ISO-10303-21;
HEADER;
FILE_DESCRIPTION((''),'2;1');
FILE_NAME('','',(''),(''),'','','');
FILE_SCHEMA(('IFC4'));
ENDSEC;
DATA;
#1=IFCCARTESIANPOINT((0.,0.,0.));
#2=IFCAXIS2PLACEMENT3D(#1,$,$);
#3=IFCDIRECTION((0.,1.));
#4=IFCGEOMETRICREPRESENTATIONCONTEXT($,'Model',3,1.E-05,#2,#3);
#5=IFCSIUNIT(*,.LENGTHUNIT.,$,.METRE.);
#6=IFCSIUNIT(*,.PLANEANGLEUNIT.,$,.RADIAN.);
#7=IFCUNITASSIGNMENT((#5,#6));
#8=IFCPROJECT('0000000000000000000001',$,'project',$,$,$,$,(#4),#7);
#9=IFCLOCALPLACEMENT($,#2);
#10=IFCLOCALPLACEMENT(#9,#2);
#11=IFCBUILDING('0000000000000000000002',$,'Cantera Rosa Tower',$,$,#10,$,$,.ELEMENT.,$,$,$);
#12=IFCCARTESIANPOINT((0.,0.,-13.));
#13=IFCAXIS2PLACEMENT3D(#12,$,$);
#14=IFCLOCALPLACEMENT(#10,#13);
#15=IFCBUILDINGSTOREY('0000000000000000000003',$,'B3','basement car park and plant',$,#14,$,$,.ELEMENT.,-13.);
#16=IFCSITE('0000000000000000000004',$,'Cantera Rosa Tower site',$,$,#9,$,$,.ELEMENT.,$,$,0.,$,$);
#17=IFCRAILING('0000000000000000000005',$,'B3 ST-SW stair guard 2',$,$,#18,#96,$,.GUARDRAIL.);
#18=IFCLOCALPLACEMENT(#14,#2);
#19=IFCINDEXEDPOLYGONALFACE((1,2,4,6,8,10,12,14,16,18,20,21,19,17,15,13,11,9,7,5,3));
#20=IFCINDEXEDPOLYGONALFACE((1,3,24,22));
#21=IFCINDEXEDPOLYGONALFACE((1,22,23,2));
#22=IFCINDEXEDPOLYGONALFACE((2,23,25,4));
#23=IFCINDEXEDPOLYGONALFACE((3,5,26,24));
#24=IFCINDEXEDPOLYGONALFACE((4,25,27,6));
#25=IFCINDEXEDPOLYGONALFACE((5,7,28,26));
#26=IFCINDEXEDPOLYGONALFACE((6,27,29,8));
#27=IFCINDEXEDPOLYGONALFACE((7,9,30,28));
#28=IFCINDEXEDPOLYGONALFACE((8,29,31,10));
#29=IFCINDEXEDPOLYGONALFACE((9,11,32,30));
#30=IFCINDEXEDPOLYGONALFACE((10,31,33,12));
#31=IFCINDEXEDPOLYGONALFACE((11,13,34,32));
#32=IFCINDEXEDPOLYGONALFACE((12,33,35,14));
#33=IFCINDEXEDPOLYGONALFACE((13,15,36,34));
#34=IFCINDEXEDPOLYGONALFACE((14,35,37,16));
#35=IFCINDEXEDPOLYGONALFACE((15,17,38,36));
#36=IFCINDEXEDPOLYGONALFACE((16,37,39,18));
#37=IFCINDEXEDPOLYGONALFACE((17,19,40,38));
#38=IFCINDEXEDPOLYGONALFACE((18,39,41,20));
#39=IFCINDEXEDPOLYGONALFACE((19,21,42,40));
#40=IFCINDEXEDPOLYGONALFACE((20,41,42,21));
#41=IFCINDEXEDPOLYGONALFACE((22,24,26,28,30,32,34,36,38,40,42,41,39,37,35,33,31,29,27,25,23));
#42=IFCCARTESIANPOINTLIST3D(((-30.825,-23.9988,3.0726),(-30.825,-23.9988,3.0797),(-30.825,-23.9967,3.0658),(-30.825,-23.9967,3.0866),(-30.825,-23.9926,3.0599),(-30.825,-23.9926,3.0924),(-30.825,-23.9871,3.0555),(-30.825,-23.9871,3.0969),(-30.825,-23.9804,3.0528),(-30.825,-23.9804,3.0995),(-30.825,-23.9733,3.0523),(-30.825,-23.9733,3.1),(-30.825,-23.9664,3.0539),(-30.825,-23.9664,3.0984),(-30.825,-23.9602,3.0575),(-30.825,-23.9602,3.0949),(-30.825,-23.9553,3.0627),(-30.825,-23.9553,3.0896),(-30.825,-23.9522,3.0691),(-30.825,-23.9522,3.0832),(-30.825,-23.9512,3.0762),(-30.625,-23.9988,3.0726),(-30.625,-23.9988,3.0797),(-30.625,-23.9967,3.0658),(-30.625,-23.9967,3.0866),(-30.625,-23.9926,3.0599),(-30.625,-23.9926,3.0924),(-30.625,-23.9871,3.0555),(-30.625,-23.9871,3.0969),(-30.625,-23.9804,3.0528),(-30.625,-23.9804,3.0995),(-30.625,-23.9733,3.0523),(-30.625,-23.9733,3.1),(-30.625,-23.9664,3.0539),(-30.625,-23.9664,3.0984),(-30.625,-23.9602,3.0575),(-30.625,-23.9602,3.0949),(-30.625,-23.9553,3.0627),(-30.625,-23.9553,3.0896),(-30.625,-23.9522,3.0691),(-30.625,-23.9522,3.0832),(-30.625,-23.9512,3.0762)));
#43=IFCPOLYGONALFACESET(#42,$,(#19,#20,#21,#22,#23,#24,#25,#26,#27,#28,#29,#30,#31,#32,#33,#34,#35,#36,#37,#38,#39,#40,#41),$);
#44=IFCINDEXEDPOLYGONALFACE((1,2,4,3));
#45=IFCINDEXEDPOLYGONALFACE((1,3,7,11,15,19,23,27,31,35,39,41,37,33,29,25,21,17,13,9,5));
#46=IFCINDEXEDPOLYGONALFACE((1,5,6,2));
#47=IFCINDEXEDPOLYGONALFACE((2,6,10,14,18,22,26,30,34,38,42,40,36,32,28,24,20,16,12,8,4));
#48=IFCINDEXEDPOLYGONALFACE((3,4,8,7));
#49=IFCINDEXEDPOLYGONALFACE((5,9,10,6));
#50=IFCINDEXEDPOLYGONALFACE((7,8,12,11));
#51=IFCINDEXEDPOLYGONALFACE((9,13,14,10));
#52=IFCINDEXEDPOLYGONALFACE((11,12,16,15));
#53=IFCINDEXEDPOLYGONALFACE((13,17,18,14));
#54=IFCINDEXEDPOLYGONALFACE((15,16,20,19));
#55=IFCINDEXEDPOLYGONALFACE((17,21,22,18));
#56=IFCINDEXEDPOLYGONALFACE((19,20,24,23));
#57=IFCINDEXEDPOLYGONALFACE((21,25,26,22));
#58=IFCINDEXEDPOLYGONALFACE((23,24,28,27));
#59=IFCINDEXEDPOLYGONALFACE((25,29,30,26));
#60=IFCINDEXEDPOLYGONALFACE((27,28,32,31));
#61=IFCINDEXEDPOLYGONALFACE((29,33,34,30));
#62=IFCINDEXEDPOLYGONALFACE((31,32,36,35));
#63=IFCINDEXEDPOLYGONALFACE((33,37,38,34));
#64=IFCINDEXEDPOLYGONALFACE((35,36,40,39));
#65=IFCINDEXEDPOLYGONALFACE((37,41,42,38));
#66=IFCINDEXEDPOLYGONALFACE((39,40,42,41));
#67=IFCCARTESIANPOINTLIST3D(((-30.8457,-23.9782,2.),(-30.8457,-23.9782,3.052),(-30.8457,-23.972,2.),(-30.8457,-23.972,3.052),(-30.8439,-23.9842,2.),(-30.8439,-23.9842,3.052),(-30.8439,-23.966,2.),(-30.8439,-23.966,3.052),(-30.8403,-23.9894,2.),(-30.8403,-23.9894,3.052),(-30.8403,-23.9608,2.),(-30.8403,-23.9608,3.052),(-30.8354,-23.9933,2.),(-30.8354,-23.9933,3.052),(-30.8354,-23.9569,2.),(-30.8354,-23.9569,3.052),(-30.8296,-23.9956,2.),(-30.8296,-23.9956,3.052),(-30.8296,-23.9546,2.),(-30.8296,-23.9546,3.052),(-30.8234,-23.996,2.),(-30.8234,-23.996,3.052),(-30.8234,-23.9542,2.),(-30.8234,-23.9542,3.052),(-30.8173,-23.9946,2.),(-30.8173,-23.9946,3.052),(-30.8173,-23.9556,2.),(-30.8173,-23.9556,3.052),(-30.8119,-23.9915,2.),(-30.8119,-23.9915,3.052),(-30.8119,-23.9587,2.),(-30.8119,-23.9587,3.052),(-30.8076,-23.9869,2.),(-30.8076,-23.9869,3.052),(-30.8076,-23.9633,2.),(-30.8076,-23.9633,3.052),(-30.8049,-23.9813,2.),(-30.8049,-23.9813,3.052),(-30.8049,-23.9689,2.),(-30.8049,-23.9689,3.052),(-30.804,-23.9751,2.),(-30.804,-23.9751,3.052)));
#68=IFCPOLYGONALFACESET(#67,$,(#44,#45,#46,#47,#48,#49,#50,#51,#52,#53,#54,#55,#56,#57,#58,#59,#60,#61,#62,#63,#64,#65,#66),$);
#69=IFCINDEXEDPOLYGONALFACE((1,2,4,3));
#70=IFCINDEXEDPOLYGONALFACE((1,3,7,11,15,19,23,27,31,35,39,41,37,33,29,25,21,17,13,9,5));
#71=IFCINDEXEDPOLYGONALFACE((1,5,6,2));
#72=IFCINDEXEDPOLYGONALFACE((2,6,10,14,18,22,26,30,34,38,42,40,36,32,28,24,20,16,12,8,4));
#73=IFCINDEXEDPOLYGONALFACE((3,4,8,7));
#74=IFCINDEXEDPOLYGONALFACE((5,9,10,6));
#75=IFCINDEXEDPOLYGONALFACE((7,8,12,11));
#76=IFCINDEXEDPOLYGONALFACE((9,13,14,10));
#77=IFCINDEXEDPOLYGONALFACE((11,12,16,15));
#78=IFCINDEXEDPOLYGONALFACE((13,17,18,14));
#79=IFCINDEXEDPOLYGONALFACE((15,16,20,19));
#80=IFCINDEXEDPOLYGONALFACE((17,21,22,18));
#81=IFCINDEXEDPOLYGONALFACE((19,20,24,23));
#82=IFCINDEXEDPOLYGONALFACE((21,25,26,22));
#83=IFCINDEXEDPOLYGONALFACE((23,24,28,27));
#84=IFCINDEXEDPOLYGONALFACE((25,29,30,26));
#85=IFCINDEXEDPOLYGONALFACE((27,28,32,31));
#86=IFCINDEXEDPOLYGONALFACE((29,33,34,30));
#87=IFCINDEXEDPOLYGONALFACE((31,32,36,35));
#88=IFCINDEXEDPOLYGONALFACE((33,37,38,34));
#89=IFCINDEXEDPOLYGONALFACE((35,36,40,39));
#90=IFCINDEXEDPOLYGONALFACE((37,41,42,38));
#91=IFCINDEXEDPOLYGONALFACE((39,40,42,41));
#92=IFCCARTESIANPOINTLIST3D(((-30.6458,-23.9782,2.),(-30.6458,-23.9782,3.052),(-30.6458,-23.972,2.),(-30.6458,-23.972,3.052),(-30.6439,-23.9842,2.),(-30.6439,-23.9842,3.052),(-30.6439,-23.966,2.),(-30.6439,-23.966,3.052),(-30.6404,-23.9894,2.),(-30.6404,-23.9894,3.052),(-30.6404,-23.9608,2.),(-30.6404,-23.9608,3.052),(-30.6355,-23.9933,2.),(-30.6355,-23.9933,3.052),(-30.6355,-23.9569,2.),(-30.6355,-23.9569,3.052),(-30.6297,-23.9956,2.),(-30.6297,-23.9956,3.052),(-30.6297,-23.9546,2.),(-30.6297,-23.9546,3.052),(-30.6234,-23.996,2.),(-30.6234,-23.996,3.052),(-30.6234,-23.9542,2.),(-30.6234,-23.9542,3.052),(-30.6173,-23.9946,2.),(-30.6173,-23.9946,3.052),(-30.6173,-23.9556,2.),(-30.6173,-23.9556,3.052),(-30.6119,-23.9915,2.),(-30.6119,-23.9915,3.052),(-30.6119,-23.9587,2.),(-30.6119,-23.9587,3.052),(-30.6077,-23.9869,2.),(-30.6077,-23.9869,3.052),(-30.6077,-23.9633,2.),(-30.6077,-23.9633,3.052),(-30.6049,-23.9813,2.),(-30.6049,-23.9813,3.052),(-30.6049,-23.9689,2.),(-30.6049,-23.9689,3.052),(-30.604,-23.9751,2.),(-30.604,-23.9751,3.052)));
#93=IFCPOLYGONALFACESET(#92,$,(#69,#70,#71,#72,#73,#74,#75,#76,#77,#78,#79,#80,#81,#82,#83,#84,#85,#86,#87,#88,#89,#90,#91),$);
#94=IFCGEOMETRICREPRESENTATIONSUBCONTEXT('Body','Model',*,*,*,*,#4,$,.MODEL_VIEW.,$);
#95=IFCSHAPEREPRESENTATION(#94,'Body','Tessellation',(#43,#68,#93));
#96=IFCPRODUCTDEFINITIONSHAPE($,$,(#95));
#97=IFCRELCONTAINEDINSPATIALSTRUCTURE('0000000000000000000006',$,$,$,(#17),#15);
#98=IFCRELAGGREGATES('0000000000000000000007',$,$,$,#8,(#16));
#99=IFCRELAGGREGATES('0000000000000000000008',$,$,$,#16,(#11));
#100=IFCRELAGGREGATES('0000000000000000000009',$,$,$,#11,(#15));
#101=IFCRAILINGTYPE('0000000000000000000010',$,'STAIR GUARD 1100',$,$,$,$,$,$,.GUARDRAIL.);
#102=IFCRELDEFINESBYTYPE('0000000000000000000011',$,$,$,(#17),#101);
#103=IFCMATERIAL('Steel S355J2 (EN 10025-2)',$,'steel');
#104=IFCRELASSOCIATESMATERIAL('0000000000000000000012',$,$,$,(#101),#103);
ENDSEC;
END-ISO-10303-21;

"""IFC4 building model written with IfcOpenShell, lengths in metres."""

from ifc_helpers import new_model, si_unit, direction, frame, origin, origin_2d, place, context, subcontext, project, spatial, circle, extrude, material, type_object, element, save


model = new_model("IFC4")

# Units and contexts
model_context = context("Model", 3, precision=1e-05, world=origin(), true_north=direction((0.0, 1.0)))
body_context = subcontext(model_context, "Body", "Model", "MODEL_VIEW")
ifc_project = project(units=[si_unit("LENGTHUNIT", "METRE"), si_unit("PLANEANGLEUNIT", "RADIAN")], contexts=[model_context])

# Site, building, storey
site_placement = place(None, origin())
site = spatial("IfcSite", under=ifc_project, at=site_placement, Name="Cantera Rosa Tower site", CompositionType="ELEMENT", RefElevation=0.0)
building_placement = place(site_placement, origin())
building = spatial("IfcBuilding", under=site, at=building_placement, Name="Cantera Rosa Tower", CompositionType="ELEMENT")
storey_placement = place(building_placement, frame((0.0, 0.0, -13.0)))
storey = spatial("IfcBuildingStorey", under=building, at=storey_placement, Name="B3", Description="basement car park and plant", CompositionType="ELEMENT", Elevation=-13.0)

# Railing
ifc_material_1 = material(Name="Steel S355J2 (EN 10025-2)", Category="steel")
railing_type_1 = type_object("IfcRailingType", Name="STAIR GUARD 1100", PredefinedType="GUARDRAIL", material=ifc_material_1)
railing_1_placement = place(storey_placement, frame((-30.825, -23.9751, 2.0)))
element("IfcRailing", 1, at=railing_1_placement, inside=storey, type_object=railing_type_1, Name="B3 ST-SW stair guard 2", PredefinedType="GUARDRAIL", context=body_context, shape_type="SweptSolid", body=[
    extrude(circle(Radius=0.0239, at=origin_2d()), frame((0.0, 0.0, 1.0762), z_axis=(1.0, 0.0, 0.0), x_axis=(0.0, 1.0, 0.0)), (0.0, 0.0, 1.0), 0.2),
    extrude(circle(Radius=0.021, at=origin_2d()), origin(), (0.0, 0.0, 1.0), 1.052),
    extrude(circle(Radius=0.021, at=origin_2d()), frame((0.2, 0.0, 0.0)), (0.0, 0.0, 1.0), 1.052),
])

save(model, "model.ifc")
